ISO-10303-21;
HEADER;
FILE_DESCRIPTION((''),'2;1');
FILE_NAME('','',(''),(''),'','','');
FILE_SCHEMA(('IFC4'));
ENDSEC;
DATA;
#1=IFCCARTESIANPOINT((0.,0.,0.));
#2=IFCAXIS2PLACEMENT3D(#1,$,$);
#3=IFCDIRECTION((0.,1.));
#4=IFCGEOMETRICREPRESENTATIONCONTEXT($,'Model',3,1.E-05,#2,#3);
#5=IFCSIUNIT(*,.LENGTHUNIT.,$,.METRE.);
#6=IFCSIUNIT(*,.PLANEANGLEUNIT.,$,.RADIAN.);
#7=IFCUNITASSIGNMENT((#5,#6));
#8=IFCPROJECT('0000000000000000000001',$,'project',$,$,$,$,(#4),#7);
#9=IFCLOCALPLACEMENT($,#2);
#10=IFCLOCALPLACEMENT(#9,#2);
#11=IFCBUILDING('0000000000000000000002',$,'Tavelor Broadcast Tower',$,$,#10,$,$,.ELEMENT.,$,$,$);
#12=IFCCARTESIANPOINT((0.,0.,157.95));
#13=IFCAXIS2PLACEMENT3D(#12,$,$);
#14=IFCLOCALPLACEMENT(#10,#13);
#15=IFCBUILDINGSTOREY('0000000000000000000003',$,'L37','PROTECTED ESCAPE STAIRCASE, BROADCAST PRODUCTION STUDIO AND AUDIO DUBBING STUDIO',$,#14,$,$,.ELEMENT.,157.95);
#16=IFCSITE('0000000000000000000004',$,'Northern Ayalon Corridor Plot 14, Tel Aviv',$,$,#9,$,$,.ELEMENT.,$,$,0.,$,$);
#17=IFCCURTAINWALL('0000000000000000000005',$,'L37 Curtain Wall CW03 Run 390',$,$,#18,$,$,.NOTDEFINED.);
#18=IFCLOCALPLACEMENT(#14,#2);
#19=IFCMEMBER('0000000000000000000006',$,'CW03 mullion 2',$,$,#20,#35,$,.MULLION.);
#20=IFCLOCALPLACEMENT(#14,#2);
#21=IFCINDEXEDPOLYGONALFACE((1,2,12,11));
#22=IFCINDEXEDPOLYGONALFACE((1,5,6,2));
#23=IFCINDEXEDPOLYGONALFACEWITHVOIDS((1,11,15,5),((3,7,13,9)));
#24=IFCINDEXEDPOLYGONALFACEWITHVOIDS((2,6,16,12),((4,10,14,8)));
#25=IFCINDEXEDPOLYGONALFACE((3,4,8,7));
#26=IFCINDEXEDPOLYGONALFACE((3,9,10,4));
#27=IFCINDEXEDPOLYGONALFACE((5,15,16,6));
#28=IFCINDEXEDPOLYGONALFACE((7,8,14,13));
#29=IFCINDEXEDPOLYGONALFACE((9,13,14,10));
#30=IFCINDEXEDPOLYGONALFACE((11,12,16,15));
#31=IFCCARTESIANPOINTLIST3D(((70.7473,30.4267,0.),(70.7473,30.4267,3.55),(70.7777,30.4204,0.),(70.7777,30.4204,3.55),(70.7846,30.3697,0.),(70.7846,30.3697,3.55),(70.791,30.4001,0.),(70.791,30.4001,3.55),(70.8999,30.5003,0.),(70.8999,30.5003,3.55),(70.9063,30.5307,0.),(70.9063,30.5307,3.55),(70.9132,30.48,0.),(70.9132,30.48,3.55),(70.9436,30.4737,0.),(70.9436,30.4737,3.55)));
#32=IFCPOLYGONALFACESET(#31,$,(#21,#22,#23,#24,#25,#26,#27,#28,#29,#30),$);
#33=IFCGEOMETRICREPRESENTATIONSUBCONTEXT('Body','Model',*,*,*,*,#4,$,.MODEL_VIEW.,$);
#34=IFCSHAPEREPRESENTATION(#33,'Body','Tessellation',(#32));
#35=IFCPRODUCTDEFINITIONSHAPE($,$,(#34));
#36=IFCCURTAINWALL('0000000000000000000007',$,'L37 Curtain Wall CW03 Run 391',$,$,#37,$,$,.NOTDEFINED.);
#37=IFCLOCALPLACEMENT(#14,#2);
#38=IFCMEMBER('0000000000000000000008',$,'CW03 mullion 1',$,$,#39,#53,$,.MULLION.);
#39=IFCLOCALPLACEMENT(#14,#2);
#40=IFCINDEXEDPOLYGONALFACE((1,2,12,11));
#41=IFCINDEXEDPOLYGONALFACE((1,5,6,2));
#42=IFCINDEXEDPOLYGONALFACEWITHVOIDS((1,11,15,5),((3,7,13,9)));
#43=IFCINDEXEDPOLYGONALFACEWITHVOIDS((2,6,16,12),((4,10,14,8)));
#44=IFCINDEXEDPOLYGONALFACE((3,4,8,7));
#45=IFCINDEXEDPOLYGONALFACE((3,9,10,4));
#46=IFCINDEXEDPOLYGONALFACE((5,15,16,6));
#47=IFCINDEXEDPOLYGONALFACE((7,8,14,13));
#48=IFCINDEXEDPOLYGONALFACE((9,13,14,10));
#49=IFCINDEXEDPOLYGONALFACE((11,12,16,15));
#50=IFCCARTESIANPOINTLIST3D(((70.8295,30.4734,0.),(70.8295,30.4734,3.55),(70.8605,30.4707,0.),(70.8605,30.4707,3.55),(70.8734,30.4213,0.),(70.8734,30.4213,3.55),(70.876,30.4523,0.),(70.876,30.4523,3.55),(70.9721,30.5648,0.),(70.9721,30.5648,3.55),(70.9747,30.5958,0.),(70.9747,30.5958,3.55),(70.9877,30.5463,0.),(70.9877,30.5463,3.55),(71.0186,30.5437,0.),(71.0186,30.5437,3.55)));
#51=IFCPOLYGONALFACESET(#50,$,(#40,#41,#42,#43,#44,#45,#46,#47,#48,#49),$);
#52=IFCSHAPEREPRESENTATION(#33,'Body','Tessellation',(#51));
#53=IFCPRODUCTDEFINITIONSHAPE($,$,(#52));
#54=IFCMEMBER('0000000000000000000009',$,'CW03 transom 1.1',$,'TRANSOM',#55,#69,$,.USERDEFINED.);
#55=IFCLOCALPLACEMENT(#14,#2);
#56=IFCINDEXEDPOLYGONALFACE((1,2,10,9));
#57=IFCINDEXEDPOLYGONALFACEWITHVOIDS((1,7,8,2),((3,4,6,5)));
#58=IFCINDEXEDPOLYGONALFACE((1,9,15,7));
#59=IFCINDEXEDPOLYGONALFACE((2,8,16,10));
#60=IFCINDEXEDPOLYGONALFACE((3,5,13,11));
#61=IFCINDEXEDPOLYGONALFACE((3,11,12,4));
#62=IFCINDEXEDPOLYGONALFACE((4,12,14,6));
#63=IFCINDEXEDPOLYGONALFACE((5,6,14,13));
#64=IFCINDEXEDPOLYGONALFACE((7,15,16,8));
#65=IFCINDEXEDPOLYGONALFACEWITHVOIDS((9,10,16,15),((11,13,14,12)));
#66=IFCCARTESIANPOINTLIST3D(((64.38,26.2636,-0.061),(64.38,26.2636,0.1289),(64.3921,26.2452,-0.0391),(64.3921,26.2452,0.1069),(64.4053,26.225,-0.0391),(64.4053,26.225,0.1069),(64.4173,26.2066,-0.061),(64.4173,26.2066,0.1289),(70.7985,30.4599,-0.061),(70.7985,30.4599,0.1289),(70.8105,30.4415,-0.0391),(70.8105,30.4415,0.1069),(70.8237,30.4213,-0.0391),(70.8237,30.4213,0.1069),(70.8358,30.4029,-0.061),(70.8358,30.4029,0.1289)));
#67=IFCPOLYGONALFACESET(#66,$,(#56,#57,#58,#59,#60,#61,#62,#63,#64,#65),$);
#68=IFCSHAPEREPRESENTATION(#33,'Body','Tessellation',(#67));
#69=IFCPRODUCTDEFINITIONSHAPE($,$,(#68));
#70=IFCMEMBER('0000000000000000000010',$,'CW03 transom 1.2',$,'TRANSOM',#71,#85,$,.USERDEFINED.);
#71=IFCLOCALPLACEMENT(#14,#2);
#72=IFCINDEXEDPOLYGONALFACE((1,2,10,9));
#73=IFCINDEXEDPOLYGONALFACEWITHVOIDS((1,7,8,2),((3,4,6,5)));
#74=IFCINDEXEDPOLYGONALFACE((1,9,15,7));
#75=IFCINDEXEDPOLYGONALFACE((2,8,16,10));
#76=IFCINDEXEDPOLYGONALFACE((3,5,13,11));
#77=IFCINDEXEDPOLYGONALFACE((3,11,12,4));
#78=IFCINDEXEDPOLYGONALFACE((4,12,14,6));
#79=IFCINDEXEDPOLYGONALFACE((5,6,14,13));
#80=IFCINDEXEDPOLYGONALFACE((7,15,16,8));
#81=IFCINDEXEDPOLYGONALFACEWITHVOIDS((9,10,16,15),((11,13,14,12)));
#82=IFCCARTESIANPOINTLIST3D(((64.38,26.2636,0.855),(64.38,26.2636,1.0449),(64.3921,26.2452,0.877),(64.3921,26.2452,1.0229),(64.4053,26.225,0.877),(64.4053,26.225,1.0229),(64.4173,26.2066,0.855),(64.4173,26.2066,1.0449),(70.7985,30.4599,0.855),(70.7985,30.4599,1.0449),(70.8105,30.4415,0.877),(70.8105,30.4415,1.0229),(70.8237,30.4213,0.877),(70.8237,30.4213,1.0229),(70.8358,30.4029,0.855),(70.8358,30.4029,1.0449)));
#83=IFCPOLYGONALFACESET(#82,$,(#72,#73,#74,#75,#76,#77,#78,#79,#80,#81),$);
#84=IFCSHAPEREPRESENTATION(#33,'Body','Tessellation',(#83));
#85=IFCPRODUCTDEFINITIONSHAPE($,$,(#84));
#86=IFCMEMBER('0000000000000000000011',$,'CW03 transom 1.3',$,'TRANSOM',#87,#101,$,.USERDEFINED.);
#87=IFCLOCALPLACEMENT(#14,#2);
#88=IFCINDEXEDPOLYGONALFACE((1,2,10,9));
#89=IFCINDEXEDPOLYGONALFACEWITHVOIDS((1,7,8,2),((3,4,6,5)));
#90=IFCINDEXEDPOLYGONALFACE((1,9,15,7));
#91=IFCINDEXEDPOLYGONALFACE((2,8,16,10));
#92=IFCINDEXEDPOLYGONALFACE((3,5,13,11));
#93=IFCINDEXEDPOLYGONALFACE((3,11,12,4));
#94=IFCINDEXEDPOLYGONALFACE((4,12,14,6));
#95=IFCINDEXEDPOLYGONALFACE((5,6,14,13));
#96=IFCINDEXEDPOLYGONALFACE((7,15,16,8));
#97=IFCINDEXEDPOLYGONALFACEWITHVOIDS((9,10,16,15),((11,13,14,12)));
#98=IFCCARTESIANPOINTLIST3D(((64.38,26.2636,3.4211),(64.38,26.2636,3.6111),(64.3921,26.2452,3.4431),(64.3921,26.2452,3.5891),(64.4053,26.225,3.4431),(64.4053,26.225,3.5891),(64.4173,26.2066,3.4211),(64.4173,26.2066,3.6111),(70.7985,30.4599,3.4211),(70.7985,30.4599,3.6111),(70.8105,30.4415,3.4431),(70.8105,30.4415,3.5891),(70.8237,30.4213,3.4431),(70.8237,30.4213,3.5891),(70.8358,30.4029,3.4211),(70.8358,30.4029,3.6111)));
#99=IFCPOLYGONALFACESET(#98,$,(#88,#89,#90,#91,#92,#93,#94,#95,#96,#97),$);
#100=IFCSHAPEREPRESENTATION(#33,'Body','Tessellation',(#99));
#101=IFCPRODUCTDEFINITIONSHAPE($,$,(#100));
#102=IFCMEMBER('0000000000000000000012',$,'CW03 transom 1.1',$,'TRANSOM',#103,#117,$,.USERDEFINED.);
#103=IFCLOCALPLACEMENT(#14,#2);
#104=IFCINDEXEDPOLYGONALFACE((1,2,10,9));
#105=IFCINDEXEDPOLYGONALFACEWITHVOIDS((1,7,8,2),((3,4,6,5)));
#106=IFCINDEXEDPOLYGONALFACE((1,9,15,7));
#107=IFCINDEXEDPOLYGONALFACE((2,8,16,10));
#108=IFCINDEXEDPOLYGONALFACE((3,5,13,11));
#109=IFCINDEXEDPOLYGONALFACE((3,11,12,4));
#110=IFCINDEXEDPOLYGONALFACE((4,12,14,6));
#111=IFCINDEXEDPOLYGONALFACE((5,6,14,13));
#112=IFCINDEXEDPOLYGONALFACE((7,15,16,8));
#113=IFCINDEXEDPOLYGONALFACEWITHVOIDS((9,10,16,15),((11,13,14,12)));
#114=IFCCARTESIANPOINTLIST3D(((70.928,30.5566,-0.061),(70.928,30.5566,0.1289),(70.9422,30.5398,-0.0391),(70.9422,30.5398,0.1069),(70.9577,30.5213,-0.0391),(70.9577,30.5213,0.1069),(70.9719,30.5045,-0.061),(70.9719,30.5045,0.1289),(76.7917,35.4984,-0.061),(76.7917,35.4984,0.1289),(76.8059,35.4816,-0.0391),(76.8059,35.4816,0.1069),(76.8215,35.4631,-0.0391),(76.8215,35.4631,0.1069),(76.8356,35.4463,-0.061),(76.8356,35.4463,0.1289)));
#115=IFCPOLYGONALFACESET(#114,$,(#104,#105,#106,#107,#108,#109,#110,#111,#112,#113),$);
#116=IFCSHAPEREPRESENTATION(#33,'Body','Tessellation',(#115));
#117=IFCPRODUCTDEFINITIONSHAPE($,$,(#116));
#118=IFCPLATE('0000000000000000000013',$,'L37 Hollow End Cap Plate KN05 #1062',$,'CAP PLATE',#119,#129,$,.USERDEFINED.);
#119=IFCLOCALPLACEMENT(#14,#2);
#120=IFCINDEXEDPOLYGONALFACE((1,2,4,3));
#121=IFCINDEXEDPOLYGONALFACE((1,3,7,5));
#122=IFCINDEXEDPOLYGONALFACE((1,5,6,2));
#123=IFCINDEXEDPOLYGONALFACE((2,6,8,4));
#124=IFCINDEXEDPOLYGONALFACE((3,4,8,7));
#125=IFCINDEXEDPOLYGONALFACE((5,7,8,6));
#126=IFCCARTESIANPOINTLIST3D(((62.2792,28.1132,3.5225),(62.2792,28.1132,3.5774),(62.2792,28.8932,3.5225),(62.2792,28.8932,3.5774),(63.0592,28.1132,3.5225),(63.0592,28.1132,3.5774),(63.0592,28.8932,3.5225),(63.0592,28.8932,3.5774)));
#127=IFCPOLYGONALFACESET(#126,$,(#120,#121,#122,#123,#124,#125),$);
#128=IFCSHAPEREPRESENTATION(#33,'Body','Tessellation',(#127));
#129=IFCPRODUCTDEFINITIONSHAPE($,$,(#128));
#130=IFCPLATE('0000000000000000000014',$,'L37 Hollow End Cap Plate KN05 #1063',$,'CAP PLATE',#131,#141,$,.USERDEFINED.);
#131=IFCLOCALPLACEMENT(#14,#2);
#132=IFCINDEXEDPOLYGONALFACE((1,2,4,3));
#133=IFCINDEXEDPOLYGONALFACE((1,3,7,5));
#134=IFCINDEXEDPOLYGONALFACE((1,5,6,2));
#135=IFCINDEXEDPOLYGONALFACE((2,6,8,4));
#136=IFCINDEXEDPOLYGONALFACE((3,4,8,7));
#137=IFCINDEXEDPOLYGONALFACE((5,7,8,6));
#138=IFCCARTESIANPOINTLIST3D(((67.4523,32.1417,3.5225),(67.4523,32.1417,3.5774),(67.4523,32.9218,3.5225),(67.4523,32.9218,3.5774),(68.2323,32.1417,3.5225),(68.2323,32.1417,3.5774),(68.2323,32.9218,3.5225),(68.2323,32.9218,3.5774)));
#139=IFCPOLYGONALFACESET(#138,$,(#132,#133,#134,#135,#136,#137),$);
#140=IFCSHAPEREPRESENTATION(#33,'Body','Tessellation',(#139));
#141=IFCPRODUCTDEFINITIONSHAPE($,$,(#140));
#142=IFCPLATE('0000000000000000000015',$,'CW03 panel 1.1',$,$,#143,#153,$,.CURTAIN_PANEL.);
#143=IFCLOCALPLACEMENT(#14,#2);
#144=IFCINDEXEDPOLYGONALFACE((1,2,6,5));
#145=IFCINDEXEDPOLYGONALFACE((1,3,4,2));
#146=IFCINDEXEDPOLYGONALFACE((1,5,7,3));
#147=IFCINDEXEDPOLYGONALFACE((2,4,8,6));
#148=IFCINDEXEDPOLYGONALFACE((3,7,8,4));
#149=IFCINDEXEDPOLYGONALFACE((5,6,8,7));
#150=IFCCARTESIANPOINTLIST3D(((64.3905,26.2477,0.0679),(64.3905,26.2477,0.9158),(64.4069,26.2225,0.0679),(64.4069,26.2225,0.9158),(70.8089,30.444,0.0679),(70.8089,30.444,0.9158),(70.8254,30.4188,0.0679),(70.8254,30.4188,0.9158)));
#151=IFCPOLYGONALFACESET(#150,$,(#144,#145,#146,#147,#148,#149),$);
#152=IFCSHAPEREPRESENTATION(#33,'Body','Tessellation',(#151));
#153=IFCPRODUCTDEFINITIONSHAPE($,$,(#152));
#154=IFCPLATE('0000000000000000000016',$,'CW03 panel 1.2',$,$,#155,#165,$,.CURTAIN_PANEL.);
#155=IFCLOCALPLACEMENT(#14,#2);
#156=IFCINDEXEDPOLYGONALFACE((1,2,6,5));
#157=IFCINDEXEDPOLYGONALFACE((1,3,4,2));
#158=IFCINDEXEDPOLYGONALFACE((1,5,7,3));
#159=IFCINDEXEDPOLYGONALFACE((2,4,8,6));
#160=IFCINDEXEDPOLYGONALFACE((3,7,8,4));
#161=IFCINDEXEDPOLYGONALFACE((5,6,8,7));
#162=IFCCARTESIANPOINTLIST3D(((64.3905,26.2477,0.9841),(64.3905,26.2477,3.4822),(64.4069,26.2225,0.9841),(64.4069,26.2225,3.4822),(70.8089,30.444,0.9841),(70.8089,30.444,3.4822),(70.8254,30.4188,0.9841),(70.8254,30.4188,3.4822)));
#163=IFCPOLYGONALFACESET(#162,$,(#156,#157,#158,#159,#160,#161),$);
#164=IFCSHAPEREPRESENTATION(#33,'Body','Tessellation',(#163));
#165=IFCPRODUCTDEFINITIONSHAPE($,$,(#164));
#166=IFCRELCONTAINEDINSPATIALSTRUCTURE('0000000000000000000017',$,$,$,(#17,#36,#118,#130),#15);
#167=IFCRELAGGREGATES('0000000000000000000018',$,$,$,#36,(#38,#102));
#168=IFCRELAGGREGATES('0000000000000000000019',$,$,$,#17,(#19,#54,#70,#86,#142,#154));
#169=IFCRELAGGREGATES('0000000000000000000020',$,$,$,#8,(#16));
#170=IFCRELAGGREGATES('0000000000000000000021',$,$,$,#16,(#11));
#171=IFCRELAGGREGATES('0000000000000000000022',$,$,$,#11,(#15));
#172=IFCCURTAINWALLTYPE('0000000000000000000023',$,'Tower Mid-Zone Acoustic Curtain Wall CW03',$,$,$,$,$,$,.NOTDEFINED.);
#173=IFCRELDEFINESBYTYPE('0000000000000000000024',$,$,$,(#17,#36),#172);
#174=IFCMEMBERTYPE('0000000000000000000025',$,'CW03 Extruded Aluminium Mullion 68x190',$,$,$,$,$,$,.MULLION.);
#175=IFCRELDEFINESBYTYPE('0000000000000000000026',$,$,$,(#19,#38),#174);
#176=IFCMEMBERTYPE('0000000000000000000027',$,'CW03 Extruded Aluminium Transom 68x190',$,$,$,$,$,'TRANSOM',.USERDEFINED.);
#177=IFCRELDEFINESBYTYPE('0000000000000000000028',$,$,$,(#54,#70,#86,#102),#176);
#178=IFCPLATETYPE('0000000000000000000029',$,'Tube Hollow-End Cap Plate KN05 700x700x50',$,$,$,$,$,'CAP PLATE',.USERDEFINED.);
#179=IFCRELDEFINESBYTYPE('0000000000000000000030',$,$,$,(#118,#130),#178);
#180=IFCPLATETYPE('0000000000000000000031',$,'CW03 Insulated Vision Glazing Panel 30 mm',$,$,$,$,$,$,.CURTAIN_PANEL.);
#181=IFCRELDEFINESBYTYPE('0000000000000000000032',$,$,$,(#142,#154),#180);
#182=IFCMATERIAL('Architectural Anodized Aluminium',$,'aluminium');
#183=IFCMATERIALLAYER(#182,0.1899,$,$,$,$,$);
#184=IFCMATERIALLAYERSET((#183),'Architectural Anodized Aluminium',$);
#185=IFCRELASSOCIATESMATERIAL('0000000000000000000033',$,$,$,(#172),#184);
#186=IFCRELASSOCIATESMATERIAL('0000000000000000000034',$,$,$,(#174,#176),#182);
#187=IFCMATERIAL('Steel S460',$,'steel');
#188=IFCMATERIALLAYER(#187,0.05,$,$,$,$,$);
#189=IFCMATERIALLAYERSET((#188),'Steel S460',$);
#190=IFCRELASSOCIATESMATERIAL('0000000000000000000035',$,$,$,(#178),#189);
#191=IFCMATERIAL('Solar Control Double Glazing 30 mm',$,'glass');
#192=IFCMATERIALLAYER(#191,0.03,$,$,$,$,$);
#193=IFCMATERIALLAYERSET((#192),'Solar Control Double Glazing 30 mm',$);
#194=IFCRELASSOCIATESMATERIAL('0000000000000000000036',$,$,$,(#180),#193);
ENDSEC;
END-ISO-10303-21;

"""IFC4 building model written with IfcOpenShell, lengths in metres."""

from ifc_helpers import new_model, si_unit, direction, frame, origin, origin_2d, place, context, subcontext, project, spatial, rectangle, hollow_rectangle, extrude, source, transform, mapped, material, layer, layer_set, material_profile, profile_set, type_object, type_shapes, element, aggregate, save


model = new_model("IFC4")

# Units and contexts
model_context = context("Model", 3, precision=1e-05, world=origin(), true_north=direction((0.0, 1.0)))
body_context = subcontext(model_context, "Body", "Model", "MODEL_VIEW")
ifc_project = project(units=[si_unit("LENGTHUNIT", "METRE"), si_unit("PLANEANGLEUNIT", "RADIAN")], contexts=[model_context])

# Site, building, storey
site_placement = place(None, origin())
site = spatial("IfcSite", under=ifc_project, at=site_placement, Name="Northern Ayalon Corridor Plot 14, Tel Aviv", CompositionType="ELEMENT", RefElevation=0.0)
building_placement = place(site_placement, origin())
building = spatial("IfcBuilding", under=site, at=building_placement, Name="Tavelor Broadcast Tower", CompositionType="ELEMENT")
storey_placement = place(building_placement, frame((0.0, 0.0, 157.95)))
storey = spatial("IfcBuildingStorey", under=building, at=storey_placement, Name="L37", Description="PROTECTED ESCAPE STAIRCASE, BROADCAST PRODUCTION STUDIO AND AUDIO DUBBING STUDIO", CompositionType="ELEMENT", Elevation=157.95)

# Shared definitions
ifc_material_1 = material(Name="Steel S460", Category="steel")

# Shared definitions
ifc_material_2 = material(Name="Architectural Anodized Aluminium", Category="aluminium")
ifc_layer_1 = layer(ifc_material_2, 0.1899)
ifc_layer_set_1 = layer_set([ifc_layer_1], Name="Architectural Anodized Aluminium")
curtain_wall_type = type_object("IfcCurtainWallType", Name="Tower Mid-Zone Acoustic Curtain Wall CW03", PredefinedType="NOTDEFINED", material=ifc_layer_set_1)
ifc_material_profile_1 = material_profile(ifc_material_2, hollow_rectangle(XDim=0.0681, YDim=0.1899, WallThickness=0.022, at=origin_2d()), Name="RHS 68x190x22")
ifc_profile_set_1 = profile_set([ifc_material_profile_1], Name="Architectural Anodized Aluminium")
member_type_1 = type_object("IfcMemberType", Name="CW03 Extruded Aluminium Mullion 68x190", PredefinedType="MULLION", material=ifc_profile_set_1)
shared_shape_1 = source(origin(), body_context, "Body", "SweptSolid", [
    extrude(hollow_rectangle(XDim=0.0681, YDim=0.1899, WallThickness=0.022, at=origin_2d()), origin(), (0.0, 0.0, 1.0), 3.55),
])
type_shapes(member_type_1, [shared_shape_1])

# Curtain wall, member
curtain_wall_1_placement = place(storey_placement, origin())
curtain_wall_1 = element("IfcCurtainWall", 1, at=curtain_wall_1_placement, inside=storey, type_object=curtain_wall_type, Name="L37 Curtain Wall CW03 Run 390", PredefinedType="NOTDEFINED")
member_1_placement = place(storey_placement, frame((70.8455, 30.4502, 0.0), z_axis=(0.0, 0.0, 1.0), x_axis=(-0.547212, 0.836994, 0.0)))
member_1 = element("IfcMember", 2, at=member_1_placement, type_object=member_type_1, Name="CW03 mullion 2", PredefinedType="MULLION", context=body_context, shape_type="MappedRepresentation", body=[
    mapped(shared_shape_1, transform((0.0, 0.0, 0.0), scale=1.0)),
])

# Curtain wall, member
curtain_wall_2_placement = place(storey_placement, origin())
curtain_wall_2 = element("IfcCurtainWall", 3, at=curtain_wall_2_placement, inside=storey, type_object=curtain_wall_type, Name="L37 Curtain Wall CW03 Run 391", PredefinedType="NOTDEFINED")
member_2_placement = place(storey_placement, frame((70.9241, 30.5085, 0.0), z_axis=(0.0, 0.0, 1.0), x_axis=(-0.644462, 0.764636, 0.0)))
member_2 = element("IfcMember", 4, at=member_2_placement, type_object=member_type_1, Name="CW03 mullion 1", PredefinedType="MULLION", context=body_context, shape_type="MappedRepresentation", body=[
    mapped(shared_shape_1, transform((0.0, 0.0, 0.0), scale=1.0)),
])

# Members
ifc_material_profile_2 = material_profile(ifc_material_2, hollow_rectangle(XDim=0.0681, YDim=0.1899, WallThickness=0.022, at=origin_2d()), Name="RHS 68x190x22")
ifc_profile_set_2 = profile_set([ifc_material_profile_2], Name="Architectural Anodized Aluminium")
member_type_2 = type_object("IfcMemberType", Name="CW03 Extruded Aluminium Transom 68x190", ElementType="TRANSOM", PredefinedType="USERDEFINED", material=ifc_profile_set_2)
shared_shape_2 = source(origin(), body_context, "Body", "SweptSolid", [
    extrude(hollow_rectangle(XDim=0.0681, YDim=0.1899, WallThickness=0.022, at=origin_2d()), origin(), (0.0, 0.0, 1.0), 7.6685),
])
type_shapes(member_type_2, [shared_shape_2])
member_3_placement = place(storey_placement, frame((64.3987, 26.2351, 0.0339), z_axis=(0.836993, 0.547213, 0.0), x_axis=(-0.547213, 0.836993, 0.0)))
member_3 = element("IfcMember", 5, at=member_3_placement, type_object=member_type_2, Name="CW03 transom 1.1", ObjectType="TRANSOM", PredefinedType="USERDEFINED", context=body_context, shape_type="MappedRepresentation", body=[
    mapped(shared_shape_2, transform((0.0, 0.0, 0.0), scale=1.0)),
])
member_4_placement = place(storey_placement, frame((64.3987, 26.2351, 0.95), z_axis=(0.836993, 0.547213, 0.0), x_axis=(-0.547213, 0.836993, 0.0)))
member_4 = element("IfcMember", 6, at=member_4_placement, type_object=member_type_2, Name="CW03 transom 1.2", ObjectType="TRANSOM", PredefinedType="USERDEFINED", context=body_context, shape_type="MappedRepresentation", body=[
    mapped(shared_shape_2, transform((0.0, 0.0, 0.0), scale=1.0)),
])
member_5_placement = place(storey_placement, frame((64.3987, 26.2351, 3.5161), z_axis=(0.836993, 0.547213, 0.0), x_axis=(-0.547213, 0.836993, 0.0)))
member_5 = element("IfcMember", 7, at=member_5_placement, type_object=member_type_2, Name="CW03 transom 1.3", ObjectType="TRANSOM", PredefinedType="USERDEFINED", context=body_context, shape_type="MappedRepresentation", body=[
    mapped(shared_shape_2, transform((0.0, 0.0, 0.0), scale=1.0)),
])
member_6_placement = place(storey_placement, frame((70.95, 30.5305, 0.0339), z_axis=(0.764655, 0.64444, 0.0), x_axis=(-0.64444, 0.764655, 0.0)))
member_6 = element("IfcMember", 8, at=member_6_placement, type_object=member_type_2, Name="CW03 transom 1.1", ObjectType="TRANSOM", PredefinedType="USERDEFINED", context=body_context, shape_type="MappedRepresentation", body=[
    mapped(shared_shape_2, transform((0.0, 0.0, 0.0), scale=1.0)),
])
aggregate(curtain_wall_2, [member_2, member_6])

# Plates
ifc_layer_2 = layer(ifc_material_1, 0.05)
ifc_layer_set_2 = layer_set([ifc_layer_2], Name="Steel S460")
plate_type_1 = type_object("IfcPlateType", Name="Tube Hollow-End Cap Plate KN05 700x700x50", ElementType="CAP PLATE", PredefinedType="USERDEFINED", material=ifc_layer_set_2)
shared_shape_3 = source(origin(), body_context, "Body", "SweptSolid", [
    extrude(rectangle(XDim=0.78, YDim=0.78, at=origin_2d()), origin(), (0.0, 0.0, 1.0), 0.0549),
])
type_shapes(plate_type_1, [shared_shape_3])
for number, where, z_axis, x_axis, name in (
    (9, (62.6692, 28.5032, 3.5225), (0.0, 0.0, 1.0), (1.0, 0.0, 0.0), "L37 Hollow End Cap Plate KN05 #1062"),
    (10, (67.8423, 32.5317, 3.5225), (0.0, 0.0, 1.0), (1.0, 0.0, 0.0), "L37 Hollow End Cap Plate KN05 #1063"),
):
    element("IfcPlate", number, at=place(storey_placement, frame(where, z_axis=z_axis, x_axis=x_axis)), inside=storey, type_object=plate_type_1, Name=name, ObjectType="CAP PLATE", PredefinedType="USERDEFINED", context=body_context, shape_type="MappedRepresentation", body=[
        mapped(shared_shape_3, transform((0.0, 0.0, 0.0), scale=1.0)),
    ])

# Plates
ifc_material_3 = material(Name="Solar Control Double Glazing 30 mm", Category="glass")
ifc_layer_3 = layer(ifc_material_3, 0.03)
ifc_layer_set_3 = layer_set([ifc_layer_3], Name="Solar Control Double Glazing 30 mm")
plate_type_2 = type_object("IfcPlateType", Name="CW03 Insulated Vision Glazing Panel 30 mm", PredefinedType="CURTAIN_PANEL", material=ifc_layer_set_3)
shared_shape_4 = source(origin(), body_context, "Body", "SweptSolid", [
    extrude(rectangle(XDim=7.6685, YDim=0.03, at=origin_2d()), origin(), (0.0, 0.0, 1.0), 0.8479),
])
plate_1_placement = place(storey_placement, frame((67.6079, 28.3333, 0.0679), z_axis=(0.0, 0.0, 1.0), x_axis=(0.836994, 0.547212, 0.0)))
plate_1 = element("IfcPlate", 11, at=plate_1_placement, type_object=plate_type_2, Name="CW03 panel 1.1", PredefinedType="CURTAIN_PANEL", context=body_context, shape_type="MappedRepresentation", body=[
    mapped(shared_shape_4, transform((0.0, 0.0, 0.0), scale=1.0)),
])
shared_shape_5 = source(origin(), body_context, "Body", "SweptSolid", [
    extrude(rectangle(XDim=7.6685, YDim=0.03, at=origin_2d()), origin(), (0.0, 0.0, 1.0), 2.498),
])
type_shapes(plate_type_2, [shared_shape_4, shared_shape_5])
plate_2_placement = place(storey_placement, frame((67.6079, 28.3333, 0.9841), z_axis=(0.0, 0.0, 1.0), x_axis=(0.836994, 0.547212, 0.0)))
plate_2 = element("IfcPlate", 12, at=plate_2_placement, type_object=plate_type_2, Name="CW03 panel 1.2", PredefinedType="CURTAIN_PANEL", context=body_context, shape_type="MappedRepresentation", body=[
    mapped(shared_shape_5, transform((0.0, 0.0, 0.0), scale=1.0)),
])
aggregate(curtain_wall_1, [member_1, member_3, member_4, member_5, plate_1, plate_2])

save(model, "model.ifc")
